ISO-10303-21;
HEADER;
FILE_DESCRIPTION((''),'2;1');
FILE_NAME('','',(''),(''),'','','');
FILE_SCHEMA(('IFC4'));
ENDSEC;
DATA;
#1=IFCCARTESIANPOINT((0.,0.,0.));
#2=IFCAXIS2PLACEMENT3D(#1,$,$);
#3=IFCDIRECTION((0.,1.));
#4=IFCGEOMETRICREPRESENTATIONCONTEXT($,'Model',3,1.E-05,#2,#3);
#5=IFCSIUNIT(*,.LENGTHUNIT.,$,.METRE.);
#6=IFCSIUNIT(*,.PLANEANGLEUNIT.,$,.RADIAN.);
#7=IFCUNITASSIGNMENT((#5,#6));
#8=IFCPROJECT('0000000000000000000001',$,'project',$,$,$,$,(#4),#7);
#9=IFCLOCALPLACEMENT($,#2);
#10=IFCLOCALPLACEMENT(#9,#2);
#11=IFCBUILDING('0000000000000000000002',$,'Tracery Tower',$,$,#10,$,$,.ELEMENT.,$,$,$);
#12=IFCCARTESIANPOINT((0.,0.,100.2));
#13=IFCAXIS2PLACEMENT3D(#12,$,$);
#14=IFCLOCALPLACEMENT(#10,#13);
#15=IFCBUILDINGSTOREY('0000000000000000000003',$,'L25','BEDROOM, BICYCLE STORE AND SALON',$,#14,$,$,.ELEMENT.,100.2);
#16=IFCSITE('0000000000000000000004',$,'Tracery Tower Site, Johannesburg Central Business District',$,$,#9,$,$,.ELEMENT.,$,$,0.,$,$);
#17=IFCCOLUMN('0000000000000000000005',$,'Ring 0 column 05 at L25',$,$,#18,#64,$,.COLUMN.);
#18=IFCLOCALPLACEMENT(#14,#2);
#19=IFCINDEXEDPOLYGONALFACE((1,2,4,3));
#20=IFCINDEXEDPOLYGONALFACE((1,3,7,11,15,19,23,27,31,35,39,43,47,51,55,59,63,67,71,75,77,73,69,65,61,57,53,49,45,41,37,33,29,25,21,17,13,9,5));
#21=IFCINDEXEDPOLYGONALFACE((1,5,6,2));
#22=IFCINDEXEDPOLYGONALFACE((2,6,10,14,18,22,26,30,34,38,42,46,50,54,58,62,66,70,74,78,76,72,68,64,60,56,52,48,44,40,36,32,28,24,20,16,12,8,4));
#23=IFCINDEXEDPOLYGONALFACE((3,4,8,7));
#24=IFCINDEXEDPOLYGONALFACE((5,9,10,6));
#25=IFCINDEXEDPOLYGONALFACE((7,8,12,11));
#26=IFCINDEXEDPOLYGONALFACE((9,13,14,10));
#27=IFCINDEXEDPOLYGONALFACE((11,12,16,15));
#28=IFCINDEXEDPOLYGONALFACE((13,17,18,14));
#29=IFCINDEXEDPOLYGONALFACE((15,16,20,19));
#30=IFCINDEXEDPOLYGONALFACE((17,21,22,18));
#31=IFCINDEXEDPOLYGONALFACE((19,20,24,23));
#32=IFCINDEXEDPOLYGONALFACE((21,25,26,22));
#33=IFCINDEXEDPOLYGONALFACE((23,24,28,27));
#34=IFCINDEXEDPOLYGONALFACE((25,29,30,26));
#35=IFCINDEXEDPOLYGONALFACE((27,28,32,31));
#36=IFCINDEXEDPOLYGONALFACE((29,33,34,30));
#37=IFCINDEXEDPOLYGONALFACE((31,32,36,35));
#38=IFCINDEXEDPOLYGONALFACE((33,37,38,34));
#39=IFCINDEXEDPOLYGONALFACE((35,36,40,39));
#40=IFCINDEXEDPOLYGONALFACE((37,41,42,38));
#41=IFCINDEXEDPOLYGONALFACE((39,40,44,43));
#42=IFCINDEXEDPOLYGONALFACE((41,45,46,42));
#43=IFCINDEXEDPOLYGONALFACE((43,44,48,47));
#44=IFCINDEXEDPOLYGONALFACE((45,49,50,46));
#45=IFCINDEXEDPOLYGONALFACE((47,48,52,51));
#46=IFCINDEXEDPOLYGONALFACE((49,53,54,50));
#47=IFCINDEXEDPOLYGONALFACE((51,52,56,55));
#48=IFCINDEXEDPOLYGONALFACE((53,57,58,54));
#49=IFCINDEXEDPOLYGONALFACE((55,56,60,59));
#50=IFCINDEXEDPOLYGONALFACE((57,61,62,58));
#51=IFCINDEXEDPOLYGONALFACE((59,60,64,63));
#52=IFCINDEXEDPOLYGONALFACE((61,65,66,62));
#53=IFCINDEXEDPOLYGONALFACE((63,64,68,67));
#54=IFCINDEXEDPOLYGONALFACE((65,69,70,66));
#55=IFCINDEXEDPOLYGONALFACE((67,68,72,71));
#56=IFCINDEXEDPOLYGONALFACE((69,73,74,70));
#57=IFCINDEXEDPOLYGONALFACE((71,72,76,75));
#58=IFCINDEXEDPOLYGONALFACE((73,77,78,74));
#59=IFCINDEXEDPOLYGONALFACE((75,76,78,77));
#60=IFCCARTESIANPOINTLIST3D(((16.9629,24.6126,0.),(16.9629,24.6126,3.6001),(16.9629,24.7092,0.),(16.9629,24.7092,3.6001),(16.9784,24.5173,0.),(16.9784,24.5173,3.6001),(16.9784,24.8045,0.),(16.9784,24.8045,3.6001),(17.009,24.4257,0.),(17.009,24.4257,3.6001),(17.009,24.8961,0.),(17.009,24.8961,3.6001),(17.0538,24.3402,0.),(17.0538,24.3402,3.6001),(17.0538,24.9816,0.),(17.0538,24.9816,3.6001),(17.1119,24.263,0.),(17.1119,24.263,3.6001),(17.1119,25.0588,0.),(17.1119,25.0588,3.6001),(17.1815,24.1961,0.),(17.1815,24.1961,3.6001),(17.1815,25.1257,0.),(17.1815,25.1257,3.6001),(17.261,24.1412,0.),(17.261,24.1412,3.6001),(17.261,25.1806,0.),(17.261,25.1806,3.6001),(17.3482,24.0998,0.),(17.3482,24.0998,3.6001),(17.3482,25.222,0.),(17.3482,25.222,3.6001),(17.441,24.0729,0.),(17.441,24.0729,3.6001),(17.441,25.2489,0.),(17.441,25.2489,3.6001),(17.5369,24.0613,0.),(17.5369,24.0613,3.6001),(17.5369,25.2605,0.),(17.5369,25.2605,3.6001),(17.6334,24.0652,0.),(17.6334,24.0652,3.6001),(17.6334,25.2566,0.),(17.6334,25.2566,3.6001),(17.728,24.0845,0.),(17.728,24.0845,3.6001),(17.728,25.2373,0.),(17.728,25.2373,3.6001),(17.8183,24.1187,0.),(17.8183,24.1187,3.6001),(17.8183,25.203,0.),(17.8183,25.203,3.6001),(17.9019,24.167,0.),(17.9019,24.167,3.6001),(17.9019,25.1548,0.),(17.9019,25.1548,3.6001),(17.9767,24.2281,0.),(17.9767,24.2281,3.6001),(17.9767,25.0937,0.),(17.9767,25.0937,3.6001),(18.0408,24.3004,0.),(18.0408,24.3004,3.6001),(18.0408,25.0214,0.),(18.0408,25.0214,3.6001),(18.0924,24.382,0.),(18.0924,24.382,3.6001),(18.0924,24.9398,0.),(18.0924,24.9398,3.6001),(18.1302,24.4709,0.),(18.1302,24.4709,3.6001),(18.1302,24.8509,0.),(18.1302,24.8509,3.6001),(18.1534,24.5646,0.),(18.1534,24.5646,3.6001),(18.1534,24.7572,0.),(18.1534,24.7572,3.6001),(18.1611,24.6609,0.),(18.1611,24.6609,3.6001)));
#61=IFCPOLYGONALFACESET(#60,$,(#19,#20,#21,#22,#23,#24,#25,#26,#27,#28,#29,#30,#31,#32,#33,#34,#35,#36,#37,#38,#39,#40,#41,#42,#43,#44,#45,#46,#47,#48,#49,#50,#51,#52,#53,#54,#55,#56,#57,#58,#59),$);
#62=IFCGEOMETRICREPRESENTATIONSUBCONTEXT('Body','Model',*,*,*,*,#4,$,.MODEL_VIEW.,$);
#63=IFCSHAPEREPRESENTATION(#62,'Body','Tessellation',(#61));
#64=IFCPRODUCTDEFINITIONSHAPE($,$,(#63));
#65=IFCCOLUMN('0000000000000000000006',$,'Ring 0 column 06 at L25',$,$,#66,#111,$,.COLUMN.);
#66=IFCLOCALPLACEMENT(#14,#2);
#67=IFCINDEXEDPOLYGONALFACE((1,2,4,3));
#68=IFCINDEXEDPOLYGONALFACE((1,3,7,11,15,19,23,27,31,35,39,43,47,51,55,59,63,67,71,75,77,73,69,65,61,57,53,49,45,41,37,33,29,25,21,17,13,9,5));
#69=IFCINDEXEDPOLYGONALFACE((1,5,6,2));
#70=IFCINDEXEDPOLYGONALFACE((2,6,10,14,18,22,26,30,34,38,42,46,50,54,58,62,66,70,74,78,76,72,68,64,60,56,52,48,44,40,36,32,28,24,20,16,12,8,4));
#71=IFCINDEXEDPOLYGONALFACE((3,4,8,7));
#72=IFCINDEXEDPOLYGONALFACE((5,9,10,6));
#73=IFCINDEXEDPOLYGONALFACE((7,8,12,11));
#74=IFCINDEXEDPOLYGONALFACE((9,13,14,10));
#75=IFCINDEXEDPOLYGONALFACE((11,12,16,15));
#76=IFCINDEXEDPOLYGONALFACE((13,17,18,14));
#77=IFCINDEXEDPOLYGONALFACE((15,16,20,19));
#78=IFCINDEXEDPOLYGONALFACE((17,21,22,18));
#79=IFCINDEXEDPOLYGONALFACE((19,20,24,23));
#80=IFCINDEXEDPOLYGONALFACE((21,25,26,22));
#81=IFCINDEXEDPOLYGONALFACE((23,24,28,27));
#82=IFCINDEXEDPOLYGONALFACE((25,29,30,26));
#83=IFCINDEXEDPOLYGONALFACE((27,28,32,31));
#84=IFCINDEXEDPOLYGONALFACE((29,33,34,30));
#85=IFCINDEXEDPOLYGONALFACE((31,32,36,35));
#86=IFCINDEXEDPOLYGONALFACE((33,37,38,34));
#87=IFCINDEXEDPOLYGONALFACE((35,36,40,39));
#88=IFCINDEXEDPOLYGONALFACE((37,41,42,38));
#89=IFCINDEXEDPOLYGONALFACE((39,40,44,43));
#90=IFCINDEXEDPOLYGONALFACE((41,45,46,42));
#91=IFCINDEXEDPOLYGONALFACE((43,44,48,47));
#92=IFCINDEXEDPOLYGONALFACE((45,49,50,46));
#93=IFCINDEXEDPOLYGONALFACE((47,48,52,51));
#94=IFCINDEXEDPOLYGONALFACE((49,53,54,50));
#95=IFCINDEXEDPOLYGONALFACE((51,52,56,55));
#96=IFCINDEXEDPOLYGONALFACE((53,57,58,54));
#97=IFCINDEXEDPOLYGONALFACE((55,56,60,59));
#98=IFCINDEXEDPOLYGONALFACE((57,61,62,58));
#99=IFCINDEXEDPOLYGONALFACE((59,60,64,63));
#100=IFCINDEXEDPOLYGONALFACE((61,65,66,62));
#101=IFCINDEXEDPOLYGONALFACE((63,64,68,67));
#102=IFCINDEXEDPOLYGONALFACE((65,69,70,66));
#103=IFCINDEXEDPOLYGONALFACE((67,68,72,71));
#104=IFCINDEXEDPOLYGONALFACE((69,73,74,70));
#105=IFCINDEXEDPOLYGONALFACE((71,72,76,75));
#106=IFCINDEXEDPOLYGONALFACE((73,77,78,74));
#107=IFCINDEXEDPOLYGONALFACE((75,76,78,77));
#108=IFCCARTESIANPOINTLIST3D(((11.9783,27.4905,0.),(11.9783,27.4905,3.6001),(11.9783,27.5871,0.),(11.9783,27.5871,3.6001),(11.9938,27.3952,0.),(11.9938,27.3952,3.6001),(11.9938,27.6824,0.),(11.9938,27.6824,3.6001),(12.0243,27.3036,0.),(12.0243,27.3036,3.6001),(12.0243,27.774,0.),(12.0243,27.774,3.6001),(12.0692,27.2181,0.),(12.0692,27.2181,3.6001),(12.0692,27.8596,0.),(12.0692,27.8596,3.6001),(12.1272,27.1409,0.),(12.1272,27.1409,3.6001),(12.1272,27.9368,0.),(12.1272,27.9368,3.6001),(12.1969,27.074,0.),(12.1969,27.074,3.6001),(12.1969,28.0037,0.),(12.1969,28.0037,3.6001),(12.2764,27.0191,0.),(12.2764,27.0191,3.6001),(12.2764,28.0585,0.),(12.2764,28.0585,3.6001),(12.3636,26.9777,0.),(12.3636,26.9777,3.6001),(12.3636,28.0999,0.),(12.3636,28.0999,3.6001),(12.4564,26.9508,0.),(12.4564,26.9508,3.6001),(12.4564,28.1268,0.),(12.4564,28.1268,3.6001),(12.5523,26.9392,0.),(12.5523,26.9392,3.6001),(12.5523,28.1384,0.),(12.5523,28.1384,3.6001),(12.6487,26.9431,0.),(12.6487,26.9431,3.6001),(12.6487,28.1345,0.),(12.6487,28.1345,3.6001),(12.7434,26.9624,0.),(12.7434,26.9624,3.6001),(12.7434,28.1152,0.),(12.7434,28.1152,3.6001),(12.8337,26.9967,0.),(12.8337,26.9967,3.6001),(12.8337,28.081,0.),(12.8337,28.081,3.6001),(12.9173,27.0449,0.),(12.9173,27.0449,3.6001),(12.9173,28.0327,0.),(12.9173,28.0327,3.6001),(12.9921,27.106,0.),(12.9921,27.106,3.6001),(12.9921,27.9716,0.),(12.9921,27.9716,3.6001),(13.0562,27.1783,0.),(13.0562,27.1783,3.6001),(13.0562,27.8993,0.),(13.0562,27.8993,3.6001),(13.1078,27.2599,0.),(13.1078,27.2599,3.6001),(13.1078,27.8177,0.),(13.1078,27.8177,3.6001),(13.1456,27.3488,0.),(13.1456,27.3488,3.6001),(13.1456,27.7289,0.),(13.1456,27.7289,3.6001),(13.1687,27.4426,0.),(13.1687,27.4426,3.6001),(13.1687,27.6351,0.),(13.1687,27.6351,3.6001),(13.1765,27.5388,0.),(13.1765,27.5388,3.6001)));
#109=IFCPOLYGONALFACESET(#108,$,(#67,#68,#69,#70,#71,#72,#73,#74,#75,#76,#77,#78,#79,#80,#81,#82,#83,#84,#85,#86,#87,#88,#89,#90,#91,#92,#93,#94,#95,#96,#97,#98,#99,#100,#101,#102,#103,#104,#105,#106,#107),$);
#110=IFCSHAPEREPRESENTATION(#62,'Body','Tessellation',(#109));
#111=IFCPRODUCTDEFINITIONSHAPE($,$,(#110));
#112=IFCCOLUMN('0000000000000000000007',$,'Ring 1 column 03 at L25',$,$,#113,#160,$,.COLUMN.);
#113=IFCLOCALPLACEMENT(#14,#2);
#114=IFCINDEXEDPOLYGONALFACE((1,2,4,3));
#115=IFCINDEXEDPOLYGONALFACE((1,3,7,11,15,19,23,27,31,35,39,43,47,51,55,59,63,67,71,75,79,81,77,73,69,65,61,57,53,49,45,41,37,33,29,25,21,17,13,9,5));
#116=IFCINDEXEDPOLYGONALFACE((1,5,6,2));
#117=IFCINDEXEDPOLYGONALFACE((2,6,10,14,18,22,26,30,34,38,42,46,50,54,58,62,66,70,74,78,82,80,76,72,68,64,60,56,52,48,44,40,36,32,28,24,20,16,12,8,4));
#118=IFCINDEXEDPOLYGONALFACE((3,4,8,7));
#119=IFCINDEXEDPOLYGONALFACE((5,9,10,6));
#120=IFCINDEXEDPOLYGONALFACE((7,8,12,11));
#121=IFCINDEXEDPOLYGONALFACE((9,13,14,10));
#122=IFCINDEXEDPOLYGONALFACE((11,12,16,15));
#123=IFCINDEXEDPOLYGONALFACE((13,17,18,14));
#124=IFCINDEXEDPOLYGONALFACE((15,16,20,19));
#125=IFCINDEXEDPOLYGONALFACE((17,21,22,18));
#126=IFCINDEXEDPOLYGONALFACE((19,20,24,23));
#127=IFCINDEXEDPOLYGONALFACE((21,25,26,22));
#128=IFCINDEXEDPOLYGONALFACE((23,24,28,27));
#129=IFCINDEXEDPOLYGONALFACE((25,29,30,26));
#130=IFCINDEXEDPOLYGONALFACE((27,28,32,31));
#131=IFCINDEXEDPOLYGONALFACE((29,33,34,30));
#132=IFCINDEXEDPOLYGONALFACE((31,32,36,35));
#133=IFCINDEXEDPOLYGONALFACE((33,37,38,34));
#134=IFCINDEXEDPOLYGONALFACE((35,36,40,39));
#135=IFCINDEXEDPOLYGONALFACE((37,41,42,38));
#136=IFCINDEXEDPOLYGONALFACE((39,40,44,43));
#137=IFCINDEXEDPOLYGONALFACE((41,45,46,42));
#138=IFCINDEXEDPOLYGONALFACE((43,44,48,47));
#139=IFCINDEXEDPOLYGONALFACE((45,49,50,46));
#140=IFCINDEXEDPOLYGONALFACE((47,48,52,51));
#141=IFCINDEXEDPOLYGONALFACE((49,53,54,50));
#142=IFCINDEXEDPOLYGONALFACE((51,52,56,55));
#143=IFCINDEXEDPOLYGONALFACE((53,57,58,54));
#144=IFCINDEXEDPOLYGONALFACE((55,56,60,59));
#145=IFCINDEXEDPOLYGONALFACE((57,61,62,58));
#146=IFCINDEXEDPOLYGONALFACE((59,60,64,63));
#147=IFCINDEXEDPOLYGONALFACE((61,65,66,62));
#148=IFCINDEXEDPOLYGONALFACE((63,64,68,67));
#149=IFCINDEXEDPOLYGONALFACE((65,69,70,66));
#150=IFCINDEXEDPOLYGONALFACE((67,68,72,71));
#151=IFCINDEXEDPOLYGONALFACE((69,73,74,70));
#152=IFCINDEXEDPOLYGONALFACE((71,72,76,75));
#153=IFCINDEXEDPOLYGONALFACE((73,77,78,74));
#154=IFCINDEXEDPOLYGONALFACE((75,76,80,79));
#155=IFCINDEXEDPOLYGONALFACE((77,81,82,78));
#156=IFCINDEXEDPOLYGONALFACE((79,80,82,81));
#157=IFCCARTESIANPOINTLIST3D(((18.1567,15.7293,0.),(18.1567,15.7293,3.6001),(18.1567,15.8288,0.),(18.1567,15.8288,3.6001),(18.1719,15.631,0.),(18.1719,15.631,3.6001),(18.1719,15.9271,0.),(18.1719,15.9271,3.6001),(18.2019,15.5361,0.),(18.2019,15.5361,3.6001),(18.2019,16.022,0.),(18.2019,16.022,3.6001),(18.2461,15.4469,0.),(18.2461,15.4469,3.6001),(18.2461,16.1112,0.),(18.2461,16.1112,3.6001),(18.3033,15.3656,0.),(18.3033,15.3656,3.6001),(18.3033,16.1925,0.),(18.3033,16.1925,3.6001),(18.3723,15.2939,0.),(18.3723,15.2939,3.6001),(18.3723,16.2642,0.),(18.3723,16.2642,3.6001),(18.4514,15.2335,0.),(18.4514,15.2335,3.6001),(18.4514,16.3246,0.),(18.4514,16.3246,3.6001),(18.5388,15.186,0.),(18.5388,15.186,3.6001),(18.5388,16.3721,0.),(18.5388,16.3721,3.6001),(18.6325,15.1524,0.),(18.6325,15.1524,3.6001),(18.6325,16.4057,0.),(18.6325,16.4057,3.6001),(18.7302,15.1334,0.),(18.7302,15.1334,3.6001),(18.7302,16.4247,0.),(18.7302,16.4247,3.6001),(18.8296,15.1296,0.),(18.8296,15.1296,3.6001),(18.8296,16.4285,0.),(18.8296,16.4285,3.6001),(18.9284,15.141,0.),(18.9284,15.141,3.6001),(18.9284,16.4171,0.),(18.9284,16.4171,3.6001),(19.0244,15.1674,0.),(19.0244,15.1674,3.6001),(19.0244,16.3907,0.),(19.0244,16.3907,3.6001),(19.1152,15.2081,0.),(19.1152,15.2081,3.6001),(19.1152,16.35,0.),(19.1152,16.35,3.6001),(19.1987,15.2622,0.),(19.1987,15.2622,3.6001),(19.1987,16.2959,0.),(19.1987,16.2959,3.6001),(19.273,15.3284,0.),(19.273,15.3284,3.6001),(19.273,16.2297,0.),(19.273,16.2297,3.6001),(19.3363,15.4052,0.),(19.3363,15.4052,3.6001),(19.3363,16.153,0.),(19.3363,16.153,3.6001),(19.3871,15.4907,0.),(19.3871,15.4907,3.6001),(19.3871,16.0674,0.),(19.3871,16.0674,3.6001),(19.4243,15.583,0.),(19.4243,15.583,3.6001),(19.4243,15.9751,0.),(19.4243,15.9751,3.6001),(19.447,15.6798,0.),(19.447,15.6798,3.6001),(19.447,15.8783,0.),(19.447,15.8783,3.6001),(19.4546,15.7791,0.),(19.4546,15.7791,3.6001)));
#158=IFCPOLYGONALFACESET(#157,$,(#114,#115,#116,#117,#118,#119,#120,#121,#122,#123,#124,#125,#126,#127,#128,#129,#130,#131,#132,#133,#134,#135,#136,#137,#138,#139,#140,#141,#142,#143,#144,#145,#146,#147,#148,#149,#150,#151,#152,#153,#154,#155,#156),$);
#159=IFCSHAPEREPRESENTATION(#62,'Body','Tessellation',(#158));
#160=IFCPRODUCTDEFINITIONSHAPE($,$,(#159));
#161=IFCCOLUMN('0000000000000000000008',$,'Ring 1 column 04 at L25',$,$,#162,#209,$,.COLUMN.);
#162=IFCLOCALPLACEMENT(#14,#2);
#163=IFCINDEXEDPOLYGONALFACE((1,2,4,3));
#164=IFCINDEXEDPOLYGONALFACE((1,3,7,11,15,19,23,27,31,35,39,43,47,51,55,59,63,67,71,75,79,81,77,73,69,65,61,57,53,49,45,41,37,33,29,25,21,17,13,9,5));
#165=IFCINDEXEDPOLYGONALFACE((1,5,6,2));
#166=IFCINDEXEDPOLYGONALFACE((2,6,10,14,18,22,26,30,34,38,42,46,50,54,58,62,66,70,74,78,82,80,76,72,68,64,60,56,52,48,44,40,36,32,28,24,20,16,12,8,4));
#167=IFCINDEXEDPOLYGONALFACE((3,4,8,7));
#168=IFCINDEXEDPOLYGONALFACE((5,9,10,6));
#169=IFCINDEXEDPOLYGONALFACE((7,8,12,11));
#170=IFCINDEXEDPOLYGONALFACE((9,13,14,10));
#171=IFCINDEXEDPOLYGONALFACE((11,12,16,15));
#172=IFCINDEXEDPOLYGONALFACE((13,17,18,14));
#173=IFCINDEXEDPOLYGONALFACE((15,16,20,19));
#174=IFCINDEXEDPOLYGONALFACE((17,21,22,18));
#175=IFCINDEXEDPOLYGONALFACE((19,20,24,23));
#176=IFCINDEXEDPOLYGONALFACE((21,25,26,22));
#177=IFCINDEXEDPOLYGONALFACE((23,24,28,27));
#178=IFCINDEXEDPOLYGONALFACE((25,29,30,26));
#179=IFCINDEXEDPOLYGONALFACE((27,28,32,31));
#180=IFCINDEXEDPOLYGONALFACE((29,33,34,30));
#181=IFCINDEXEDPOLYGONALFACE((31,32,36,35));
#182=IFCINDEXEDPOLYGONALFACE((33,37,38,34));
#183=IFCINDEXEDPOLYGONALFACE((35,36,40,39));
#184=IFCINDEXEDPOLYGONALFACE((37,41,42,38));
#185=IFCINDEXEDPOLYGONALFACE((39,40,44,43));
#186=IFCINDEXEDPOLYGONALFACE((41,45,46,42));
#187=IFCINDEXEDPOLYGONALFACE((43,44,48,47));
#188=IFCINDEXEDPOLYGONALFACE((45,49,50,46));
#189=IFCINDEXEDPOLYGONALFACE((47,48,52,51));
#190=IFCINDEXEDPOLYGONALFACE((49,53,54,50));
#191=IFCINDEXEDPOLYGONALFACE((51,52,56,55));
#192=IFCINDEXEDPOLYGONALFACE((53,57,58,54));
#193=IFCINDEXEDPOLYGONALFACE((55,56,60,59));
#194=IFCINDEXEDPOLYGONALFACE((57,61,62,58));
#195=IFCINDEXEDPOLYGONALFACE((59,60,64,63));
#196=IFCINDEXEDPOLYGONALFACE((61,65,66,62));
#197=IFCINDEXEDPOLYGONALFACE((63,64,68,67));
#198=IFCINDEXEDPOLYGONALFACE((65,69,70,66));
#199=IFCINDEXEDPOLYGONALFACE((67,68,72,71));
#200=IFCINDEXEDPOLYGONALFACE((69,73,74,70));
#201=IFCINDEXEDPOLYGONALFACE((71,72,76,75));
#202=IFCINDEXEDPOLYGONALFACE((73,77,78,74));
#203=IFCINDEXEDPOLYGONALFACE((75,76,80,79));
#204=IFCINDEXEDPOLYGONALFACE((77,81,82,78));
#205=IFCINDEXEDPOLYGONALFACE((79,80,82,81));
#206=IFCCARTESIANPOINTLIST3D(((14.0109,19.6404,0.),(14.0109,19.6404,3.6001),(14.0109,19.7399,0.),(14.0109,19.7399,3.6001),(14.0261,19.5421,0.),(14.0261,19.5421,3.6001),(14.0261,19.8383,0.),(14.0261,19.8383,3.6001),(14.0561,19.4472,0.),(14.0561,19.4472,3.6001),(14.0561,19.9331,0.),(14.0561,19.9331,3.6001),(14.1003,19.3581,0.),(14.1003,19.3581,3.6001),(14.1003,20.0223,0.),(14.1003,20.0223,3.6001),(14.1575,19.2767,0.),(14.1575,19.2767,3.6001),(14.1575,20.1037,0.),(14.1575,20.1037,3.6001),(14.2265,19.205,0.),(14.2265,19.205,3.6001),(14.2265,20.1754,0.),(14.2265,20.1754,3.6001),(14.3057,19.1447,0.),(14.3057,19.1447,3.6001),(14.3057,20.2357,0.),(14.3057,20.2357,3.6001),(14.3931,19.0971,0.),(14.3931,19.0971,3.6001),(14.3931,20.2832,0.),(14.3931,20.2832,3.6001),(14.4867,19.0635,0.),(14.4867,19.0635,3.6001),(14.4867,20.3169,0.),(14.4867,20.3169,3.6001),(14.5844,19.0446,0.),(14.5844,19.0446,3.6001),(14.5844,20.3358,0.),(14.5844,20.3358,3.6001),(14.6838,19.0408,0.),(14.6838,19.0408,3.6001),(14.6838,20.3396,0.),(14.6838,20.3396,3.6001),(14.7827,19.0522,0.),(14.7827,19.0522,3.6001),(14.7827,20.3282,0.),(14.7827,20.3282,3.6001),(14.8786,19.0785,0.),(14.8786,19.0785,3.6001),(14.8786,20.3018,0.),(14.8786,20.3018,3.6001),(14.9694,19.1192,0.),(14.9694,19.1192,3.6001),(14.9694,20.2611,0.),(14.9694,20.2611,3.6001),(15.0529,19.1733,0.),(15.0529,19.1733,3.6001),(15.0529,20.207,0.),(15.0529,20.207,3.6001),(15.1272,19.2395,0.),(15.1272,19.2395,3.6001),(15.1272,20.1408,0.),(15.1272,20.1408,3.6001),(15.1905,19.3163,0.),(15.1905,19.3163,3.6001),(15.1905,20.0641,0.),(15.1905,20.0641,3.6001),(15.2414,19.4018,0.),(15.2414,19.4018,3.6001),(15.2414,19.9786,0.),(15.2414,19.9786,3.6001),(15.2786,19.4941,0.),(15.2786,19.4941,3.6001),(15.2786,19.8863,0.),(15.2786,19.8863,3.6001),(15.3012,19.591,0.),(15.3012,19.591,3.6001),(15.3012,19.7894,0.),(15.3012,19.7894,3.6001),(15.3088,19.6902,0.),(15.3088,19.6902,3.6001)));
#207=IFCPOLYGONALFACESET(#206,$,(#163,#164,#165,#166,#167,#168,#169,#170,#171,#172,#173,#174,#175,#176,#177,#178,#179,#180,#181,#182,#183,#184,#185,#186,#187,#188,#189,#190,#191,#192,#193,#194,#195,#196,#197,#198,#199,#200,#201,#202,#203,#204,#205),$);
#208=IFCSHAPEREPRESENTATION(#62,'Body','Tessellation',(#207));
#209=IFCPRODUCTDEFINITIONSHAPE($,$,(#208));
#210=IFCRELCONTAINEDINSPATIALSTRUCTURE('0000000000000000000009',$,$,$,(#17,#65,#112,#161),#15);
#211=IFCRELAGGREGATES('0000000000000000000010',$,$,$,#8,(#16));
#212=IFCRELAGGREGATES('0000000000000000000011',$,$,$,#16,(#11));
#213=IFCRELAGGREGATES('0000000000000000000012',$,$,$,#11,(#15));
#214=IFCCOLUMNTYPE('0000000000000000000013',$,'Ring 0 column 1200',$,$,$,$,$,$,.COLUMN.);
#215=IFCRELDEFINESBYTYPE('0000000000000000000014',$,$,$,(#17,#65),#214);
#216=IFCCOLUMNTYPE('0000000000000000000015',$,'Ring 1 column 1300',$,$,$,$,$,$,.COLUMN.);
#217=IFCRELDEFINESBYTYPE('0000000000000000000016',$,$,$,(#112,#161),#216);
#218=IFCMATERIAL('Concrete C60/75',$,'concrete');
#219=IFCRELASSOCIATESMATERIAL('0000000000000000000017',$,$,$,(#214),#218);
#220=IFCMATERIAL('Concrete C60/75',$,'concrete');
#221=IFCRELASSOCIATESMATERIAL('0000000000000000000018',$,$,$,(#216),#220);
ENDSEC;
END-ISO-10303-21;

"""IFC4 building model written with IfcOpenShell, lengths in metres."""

from ifc_helpers import new_model, si_unit, direction, frame, origin, origin_2d, place, context, subcontext, project, spatial, circle, extrude, material, material_profile, profile_set, type_object, element, save


model = new_model("IFC4")

# Units and contexts
model_context = context("Model", 3, precision=1e-05, world=origin(), true_north=direction((0.0, 1.0)))
body_context = subcontext(model_context, "Body", "Model", "MODEL_VIEW")
ifc_project = project(units=[si_unit("LENGTHUNIT", "METRE"), si_unit("PLANEANGLEUNIT", "RADIAN")], contexts=[model_context])

# Site, building, storey
site_placement = place(None, origin())
site = spatial("IfcSite", under=ifc_project, at=site_placement, Name="Tracery Tower Site, Johannesburg Central Business District", CompositionType="ELEMENT", RefElevation=0.0)
building_placement = place(site_placement, origin())
building = spatial("IfcBuilding", under=site, at=building_placement, Name="Tracery Tower", CompositionType="ELEMENT")
storey_placement = place(building_placement, frame((0.0, 0.0, 100.2)))
storey = spatial("IfcBuildingStorey", under=building, at=storey_placement, Name="L25", Description="BEDROOM, BICYCLE STORE AND SALON", CompositionType="ELEMENT", Elevation=100.2)

# Columns
ifc_material_1 = material(Name="Concrete C60/75", Category="concrete")
ifc_material_profile_1 = material_profile(ifc_material_1, circle(Radius=0.6001, at=origin_2d()), Name="RC D1200")
ifc_profile_set_1 = profile_set([ifc_material_profile_1], Name="Concrete C60/75")
column_type_1 = type_object("IfcColumnType", Name="Ring 0 column 1200", PredefinedType="COLUMN", material=ifc_profile_set_1)
for number, where, z_axis, x_axis, name in (
    (1, (17.561, 24.6609, 0.0), (0.0, 0.0, 1.0), (1.0, 0.0, 0.0), "Ring 0 column 05 at L25"),
    (2, (12.5764, 27.5388, 0.0), (0.0, 0.0, 1.0), (1.0, 0.0, 0.0), "Ring 0 column 06 at L25"),
):
    element("IfcColumn", number, at=place(storey_placement, frame(where, z_axis=z_axis, x_axis=x_axis)), inside=storey, type_object=column_type_1, Name=name, PredefinedType="COLUMN", context=body_context, shape_type="SweptSolid", body=[
        extrude(circle(Radius=0.6001, at=origin_2d()), origin(), (0.0, 0.0, 1.0), 3.6001),
    ])
ifc_material_2 = material(Name="Concrete C60/75", Category="concrete")
ifc_material_profile_2 = material_profile(ifc_material_2, circle(Radius=0.6499, at=origin_2d()), Name="RC D1300")
ifc_profile_set_2 = profile_set([ifc_material_profile_2], Name="Concrete C60/75")
column_type_2 = type_object("IfcColumnType", Name="Ring 1 column 1300", PredefinedType="COLUMN", material=ifc_profile_set_2)
for number, where, z_axis, x_axis, name in (
    (3, (18.8047, 15.7791, 0.0), (0.0, 0.0, 1.0), (1.0, 0.0, 0.0), "Ring 1 column 03 at L25"),
    (4, (14.6589, 19.6902, 0.0), (0.0, 0.0, 1.0), (1.0, 0.0, 0.0), "Ring 1 column 04 at L25"),
):
    element("IfcColumn", number, at=place(storey_placement, frame(where, z_axis=z_axis, x_axis=x_axis)), inside=storey, type_object=column_type_2, Name=name, PredefinedType="COLUMN", context=body_context, shape_type="SweptSolid", body=[
        extrude(circle(Radius=0.6499, at=origin_2d()), origin(), (0.0, 0.0, 1.0), 3.6001),
    ])

save(model, "model.ifc")
